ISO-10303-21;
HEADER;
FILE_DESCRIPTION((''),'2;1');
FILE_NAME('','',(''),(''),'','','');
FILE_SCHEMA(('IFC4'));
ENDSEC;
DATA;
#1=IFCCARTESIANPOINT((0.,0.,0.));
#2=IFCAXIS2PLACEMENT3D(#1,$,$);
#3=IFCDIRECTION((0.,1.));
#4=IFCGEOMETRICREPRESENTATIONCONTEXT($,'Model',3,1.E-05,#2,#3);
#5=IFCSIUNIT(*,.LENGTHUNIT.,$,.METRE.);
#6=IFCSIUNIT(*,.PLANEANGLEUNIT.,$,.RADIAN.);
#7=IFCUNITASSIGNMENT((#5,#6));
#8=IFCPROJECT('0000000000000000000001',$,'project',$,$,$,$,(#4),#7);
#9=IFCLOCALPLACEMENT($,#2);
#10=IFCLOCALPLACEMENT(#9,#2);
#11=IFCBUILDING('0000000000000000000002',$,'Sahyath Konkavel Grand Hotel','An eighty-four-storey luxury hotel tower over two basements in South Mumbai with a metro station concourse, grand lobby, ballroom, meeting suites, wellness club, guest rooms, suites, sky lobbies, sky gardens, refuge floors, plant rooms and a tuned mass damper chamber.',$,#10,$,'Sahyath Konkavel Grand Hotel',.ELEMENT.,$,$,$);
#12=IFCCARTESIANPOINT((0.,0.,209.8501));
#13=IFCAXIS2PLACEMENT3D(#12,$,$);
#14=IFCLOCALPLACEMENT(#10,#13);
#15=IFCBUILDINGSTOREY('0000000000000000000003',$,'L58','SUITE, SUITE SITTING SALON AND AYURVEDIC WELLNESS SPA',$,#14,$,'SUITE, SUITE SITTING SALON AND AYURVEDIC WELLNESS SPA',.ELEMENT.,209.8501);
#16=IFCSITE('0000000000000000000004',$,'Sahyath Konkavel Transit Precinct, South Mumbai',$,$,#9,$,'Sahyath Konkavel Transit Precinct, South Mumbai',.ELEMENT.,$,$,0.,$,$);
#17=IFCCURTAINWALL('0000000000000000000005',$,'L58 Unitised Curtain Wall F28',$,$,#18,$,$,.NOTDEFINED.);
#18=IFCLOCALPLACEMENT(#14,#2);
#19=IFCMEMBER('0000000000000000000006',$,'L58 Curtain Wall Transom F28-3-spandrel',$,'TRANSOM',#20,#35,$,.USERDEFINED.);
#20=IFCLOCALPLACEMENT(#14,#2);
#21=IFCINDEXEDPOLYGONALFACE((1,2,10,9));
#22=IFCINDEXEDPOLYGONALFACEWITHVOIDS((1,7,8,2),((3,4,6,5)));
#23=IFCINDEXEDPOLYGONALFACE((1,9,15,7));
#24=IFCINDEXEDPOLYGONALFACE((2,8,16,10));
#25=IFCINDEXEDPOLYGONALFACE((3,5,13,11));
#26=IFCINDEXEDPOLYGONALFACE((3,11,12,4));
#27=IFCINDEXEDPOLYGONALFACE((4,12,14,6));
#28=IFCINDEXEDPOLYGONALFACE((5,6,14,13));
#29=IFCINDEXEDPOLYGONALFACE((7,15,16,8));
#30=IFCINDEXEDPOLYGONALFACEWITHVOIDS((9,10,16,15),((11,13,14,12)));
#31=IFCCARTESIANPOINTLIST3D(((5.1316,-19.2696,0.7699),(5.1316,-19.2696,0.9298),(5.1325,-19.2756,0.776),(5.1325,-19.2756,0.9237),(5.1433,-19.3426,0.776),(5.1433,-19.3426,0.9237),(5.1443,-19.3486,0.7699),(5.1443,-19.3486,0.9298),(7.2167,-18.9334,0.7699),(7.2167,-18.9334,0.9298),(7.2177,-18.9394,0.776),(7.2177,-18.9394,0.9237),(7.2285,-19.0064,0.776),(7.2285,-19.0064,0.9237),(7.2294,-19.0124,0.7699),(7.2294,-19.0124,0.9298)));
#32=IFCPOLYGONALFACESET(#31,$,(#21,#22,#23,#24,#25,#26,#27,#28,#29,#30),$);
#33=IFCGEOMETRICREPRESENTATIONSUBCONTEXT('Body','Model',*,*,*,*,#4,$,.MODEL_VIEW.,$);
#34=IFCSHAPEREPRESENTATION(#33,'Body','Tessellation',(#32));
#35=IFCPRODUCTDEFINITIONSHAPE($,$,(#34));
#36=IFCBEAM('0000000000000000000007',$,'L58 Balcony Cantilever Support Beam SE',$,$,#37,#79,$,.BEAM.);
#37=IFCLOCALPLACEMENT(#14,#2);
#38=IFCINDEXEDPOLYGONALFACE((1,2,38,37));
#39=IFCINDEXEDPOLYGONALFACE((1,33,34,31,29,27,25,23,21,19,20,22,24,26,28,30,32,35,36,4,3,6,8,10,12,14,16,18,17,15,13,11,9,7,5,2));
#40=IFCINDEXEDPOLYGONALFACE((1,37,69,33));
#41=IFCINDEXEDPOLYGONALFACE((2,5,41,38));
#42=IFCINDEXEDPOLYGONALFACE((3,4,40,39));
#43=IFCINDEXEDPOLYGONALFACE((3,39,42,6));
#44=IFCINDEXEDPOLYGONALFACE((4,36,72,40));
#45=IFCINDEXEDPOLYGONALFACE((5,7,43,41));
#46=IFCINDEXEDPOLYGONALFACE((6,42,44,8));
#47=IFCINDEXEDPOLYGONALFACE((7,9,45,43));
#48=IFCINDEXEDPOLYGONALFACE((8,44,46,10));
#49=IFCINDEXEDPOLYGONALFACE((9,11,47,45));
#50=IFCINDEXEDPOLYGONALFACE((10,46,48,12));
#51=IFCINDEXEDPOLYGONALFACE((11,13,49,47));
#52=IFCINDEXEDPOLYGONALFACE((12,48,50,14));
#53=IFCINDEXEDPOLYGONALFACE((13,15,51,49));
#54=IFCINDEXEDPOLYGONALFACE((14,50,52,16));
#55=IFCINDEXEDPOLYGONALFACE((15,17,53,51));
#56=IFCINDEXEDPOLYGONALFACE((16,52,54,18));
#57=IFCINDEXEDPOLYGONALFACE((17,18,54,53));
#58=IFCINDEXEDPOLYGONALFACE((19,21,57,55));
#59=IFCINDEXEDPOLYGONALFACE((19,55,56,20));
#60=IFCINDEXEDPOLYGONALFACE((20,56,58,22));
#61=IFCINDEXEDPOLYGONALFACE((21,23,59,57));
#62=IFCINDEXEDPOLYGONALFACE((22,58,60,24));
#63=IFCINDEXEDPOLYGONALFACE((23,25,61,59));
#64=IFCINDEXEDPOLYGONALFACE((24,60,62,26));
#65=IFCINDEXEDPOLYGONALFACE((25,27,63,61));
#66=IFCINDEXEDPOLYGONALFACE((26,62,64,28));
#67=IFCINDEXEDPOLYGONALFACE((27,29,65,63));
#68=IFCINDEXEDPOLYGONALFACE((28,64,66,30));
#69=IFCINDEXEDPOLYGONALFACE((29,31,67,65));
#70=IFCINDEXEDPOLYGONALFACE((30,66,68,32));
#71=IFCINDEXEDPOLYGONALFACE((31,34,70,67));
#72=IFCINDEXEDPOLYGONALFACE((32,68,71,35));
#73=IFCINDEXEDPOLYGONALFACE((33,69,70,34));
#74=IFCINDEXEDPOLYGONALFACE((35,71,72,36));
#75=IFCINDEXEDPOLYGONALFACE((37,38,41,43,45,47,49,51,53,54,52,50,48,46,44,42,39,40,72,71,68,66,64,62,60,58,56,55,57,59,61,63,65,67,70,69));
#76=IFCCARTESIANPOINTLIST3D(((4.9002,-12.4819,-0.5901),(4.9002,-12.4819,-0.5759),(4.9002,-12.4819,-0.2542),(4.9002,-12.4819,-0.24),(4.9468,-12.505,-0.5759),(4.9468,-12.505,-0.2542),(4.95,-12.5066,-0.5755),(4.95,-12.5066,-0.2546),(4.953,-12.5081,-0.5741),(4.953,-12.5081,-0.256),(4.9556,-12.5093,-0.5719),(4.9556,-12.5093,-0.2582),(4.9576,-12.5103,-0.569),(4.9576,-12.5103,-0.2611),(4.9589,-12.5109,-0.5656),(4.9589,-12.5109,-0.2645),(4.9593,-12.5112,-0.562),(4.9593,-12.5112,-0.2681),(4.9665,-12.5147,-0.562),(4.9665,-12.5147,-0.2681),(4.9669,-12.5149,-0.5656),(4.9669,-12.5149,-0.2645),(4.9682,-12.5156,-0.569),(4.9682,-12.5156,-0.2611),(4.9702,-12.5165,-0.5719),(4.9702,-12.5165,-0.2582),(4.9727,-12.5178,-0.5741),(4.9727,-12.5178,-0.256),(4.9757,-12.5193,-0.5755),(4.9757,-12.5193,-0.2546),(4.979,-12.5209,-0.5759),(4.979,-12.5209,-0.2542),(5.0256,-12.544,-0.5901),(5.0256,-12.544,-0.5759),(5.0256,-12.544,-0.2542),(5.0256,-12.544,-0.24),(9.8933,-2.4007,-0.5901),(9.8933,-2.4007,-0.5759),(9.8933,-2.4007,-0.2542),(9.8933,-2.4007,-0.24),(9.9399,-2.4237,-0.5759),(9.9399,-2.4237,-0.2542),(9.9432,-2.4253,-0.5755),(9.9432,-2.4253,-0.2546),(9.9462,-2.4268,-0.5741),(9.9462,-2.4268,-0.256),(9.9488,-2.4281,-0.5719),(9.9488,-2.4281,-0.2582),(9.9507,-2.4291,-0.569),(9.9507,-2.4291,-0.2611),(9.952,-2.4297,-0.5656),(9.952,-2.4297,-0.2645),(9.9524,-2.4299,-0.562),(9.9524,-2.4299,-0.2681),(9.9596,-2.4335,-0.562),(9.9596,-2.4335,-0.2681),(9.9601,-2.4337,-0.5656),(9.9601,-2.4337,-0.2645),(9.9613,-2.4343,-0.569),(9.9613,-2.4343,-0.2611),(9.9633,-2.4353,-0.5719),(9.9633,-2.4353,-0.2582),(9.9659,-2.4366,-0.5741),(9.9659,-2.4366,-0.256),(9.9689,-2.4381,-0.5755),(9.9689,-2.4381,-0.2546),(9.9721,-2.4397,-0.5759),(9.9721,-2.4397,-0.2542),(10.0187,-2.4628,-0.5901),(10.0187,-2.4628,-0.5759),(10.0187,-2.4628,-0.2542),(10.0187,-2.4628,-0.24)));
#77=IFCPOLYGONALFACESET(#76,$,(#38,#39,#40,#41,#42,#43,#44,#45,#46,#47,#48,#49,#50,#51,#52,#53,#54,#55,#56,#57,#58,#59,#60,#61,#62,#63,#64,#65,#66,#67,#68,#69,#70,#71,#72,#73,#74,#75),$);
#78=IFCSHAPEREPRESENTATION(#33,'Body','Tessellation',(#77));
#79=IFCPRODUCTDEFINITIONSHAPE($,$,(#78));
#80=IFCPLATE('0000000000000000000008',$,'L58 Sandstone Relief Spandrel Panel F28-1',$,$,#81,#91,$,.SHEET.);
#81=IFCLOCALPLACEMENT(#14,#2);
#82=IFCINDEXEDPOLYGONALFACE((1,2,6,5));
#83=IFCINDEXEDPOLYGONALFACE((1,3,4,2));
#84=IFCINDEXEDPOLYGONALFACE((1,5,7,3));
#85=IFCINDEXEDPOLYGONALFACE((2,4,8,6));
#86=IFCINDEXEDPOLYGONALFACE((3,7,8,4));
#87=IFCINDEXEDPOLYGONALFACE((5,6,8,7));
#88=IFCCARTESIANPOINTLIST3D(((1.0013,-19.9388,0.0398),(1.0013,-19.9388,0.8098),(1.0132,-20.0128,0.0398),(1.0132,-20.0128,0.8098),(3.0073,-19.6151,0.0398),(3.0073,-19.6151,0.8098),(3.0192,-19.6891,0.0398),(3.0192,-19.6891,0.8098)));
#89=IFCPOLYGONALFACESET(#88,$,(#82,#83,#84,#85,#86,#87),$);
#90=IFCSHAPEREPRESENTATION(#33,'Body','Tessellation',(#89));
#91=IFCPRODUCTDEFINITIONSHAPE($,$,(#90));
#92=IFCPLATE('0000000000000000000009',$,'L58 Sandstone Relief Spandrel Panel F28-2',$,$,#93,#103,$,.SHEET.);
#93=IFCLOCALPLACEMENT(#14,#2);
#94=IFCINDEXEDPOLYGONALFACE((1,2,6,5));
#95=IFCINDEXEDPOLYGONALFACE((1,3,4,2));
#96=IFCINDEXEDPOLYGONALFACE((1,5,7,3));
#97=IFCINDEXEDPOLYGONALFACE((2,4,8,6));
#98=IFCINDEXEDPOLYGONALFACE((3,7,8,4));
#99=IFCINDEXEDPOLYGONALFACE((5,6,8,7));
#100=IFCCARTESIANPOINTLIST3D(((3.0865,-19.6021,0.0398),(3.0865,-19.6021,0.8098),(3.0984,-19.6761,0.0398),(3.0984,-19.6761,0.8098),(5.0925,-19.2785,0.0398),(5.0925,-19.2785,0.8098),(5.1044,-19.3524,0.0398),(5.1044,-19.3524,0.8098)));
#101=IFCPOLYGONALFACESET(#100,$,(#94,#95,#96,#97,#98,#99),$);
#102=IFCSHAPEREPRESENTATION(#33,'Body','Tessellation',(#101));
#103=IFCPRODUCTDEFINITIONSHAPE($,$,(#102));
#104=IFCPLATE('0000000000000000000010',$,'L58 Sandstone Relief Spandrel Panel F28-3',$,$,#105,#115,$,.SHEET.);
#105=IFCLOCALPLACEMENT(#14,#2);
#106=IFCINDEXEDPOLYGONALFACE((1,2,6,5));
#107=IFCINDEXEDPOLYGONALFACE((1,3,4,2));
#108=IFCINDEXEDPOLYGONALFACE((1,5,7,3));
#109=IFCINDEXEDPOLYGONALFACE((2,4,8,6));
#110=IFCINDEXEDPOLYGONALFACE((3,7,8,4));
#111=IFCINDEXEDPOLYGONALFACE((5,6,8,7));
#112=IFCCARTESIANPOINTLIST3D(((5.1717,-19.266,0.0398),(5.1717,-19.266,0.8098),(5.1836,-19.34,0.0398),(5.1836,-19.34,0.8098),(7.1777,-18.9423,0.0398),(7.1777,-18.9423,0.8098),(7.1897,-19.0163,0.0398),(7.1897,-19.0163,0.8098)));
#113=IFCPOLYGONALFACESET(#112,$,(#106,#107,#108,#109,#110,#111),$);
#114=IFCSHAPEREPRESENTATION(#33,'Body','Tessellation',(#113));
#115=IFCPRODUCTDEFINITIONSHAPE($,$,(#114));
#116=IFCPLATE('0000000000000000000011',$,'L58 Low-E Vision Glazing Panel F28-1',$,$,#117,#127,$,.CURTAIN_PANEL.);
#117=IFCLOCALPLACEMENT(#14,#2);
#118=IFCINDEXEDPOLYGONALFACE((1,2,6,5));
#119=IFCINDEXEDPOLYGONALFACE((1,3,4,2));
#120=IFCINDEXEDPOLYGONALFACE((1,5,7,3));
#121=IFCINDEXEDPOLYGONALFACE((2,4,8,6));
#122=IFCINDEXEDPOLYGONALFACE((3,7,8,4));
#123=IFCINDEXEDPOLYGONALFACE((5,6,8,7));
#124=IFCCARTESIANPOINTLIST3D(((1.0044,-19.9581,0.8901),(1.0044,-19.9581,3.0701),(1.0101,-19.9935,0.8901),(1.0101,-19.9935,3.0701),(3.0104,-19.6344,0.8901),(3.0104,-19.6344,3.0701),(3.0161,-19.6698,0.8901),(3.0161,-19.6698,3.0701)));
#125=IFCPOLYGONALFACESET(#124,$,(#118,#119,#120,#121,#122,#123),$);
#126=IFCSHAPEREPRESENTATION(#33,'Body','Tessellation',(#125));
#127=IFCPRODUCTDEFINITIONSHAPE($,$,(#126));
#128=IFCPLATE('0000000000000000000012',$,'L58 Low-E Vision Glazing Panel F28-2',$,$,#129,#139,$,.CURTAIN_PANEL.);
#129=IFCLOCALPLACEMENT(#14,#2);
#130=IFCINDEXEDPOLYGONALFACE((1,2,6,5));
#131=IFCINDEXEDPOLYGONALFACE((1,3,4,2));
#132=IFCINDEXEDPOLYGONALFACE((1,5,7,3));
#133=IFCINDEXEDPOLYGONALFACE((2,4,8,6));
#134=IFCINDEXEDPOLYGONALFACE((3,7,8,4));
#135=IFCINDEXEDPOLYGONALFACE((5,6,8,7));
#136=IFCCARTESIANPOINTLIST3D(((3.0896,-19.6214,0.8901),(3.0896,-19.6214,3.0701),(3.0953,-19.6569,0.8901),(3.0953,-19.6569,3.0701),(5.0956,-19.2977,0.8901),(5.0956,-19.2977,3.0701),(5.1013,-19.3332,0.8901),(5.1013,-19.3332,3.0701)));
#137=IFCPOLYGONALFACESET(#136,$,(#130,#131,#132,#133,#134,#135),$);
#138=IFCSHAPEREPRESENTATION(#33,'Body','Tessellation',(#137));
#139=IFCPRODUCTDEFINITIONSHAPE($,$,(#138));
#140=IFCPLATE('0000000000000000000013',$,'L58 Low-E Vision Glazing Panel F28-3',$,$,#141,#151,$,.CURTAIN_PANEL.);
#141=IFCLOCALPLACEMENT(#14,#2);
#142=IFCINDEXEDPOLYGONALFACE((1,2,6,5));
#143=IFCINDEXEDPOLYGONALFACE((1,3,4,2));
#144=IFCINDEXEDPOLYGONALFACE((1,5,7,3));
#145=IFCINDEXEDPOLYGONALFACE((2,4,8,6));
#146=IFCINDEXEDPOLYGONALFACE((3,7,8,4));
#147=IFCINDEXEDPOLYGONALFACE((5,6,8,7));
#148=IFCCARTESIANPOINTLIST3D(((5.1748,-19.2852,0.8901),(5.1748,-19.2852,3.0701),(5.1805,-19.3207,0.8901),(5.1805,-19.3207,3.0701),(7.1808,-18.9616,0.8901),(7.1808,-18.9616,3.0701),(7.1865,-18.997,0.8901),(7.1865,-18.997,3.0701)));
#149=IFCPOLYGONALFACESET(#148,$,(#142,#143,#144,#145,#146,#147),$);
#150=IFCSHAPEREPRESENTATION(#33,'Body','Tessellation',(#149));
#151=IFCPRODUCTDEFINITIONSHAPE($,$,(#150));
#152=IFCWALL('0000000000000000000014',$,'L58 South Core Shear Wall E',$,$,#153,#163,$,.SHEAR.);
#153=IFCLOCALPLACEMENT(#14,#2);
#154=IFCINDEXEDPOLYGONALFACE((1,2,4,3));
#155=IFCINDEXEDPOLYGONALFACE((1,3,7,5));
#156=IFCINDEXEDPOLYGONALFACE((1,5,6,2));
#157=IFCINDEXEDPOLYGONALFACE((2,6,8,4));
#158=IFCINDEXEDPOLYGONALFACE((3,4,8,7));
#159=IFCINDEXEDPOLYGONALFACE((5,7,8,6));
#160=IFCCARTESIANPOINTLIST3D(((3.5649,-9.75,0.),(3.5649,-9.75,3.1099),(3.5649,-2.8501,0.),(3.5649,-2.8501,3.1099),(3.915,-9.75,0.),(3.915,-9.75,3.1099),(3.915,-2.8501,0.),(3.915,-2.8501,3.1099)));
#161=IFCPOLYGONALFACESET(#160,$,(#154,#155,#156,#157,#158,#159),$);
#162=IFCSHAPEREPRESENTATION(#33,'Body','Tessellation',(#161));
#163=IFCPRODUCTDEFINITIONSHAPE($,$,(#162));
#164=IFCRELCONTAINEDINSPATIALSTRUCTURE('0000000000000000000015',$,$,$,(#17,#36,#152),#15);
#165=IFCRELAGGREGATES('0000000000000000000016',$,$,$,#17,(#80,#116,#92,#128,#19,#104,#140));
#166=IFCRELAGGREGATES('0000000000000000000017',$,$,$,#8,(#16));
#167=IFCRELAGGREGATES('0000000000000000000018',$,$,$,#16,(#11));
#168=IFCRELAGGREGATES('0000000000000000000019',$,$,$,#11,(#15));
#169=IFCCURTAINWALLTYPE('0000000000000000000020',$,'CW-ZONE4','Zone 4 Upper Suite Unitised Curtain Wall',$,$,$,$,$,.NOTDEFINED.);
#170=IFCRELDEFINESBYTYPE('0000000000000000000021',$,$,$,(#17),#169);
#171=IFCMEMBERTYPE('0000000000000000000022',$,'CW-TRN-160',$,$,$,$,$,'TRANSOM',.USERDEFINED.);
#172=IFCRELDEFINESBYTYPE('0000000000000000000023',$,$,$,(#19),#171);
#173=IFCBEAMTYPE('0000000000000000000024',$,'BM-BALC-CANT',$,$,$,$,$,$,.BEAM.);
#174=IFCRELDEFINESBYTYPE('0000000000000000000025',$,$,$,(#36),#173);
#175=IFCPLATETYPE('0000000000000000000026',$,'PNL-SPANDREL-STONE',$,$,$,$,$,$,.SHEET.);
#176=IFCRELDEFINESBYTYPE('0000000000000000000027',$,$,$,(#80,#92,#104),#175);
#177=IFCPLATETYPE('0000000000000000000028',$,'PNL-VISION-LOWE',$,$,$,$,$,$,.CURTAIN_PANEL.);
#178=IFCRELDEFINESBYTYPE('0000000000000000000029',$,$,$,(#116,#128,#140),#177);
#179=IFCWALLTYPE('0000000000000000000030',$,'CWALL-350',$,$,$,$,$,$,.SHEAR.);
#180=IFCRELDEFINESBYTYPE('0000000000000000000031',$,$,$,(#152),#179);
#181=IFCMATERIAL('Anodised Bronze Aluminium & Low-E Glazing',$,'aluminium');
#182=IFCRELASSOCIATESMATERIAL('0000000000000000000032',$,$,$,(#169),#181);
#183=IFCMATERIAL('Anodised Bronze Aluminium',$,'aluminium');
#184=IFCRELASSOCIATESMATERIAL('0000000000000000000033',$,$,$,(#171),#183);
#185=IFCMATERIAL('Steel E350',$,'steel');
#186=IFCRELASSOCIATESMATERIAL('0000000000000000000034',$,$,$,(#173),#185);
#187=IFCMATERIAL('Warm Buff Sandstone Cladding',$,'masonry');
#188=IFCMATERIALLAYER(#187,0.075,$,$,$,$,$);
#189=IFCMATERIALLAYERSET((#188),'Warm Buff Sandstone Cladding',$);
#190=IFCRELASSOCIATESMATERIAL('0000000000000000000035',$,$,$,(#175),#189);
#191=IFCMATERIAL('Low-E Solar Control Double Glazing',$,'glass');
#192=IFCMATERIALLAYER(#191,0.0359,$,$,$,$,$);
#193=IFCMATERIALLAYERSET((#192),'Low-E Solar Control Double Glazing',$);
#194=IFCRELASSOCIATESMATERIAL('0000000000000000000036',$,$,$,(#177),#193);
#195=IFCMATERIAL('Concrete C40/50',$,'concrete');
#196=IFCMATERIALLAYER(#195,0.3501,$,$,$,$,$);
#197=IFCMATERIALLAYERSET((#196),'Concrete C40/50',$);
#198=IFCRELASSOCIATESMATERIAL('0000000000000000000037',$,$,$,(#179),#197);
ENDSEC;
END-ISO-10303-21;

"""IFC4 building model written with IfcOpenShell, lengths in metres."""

from ifc_helpers import new_model, si_unit, direction, frame, frame_2d, origin, origin_2d, place, context, subcontext, project, spatial, rectangle, hollow_rectangle, i_section, extrude, source, transform, mapped, material, layer, layer_set, material_profile, profile_set, type_object, element, aggregate, save


model = new_model("IFC4")

# Units and contexts
model_context = context("Model", 3, precision=1e-05, world=origin(), true_north=direction((0.0, 1.0)))
body_context = subcontext(model_context, "Body", "Model", "MODEL_VIEW")
ifc_project = project(units=[si_unit("LENGTHUNIT", "METRE"), si_unit("PLANEANGLEUNIT", "RADIAN")], contexts=[model_context])

# Site, building, storey
site_placement = place(None, origin())
site = spatial("IfcSite", under=ifc_project, at=site_placement, Name="Sahyath Konkavel Transit Precinct, South Mumbai", LongName="Sahyath Konkavel Transit Precinct, South Mumbai", CompositionType="ELEMENT", RefElevation=0.0)
building_placement = place(site_placement, origin())
building = spatial("IfcBuilding", under=site, at=building_placement, Name="Sahyath Konkavel Grand Hotel", Description="An eighty-four-storey luxury hotel tower over two basements in South Mumbai with a metro station concourse, grand lobby, ballroom, meeting suites, wellness club, guest rooms, suites, sky lobbies, sky gardens, refuge floors, plant rooms and a tuned mass damper chamber.", LongName="Sahyath Konkavel Grand Hotel", CompositionType="ELEMENT")
storey_placement = place(building_placement, frame((0.0, 0.0, 209.8501)))
storey = spatial("IfcBuildingStorey", under=building, at=storey_placement, Name="L58", Description="SUITE, SUITE SITTING SALON AND AYURVEDIC WELLNESS SPA", LongName="SUITE, SUITE SITTING SALON AND AYURVEDIC WELLNESS SPA", CompositionType="ELEMENT", Elevation=209.8501)

# Shared definitions
ifc_material_1 = material(Name="Steel E350", Category="steel")

# Curtain wall, member
ifc_material_2 = material(Name="Anodised Bronze Aluminium & Low-E Glazing", Category="aluminium")
curtain_wall_type = type_object("IfcCurtainWallType", Name="CW-ZONE4", Description="Zone 4 Upper Suite Unitised Curtain Wall", PredefinedType="NOTDEFINED", material=ifc_material_2)
curtain_wall_placement = place(storey_placement, origin())
curtain_wall = element("IfcCurtainWall", 1, at=curtain_wall_placement, inside=storey, type_object=curtain_wall_type, Name="L58 Unitised Curtain Wall F28", PredefinedType="NOTDEFINED")
ifc_material_3 = material(Name="Anodised Bronze Aluminium", Category="aluminium")
ifc_material_profile_1 = material_profile(ifc_material_3, hollow_rectangle(XDim=0.0801, YDim=0.1599, WallThickness=0.0061, at=origin_2d()), Name="RHS 160x80x6")
ifc_profile_set_1 = profile_set([ifc_material_profile_1], Name="Anodised Bronze Aluminium")
member_type_1 = type_object("IfcMemberType", Name="CW-TRN-160", ElementType="TRANSOM", PredefinedType="USERDEFINED", material=ifc_profile_set_1)
shared_shape_1 = source(origin(), body_context, "Body", "SweptSolid", [
    extrude(hollow_rectangle(XDim=0.0801, YDim=0.1599, WallThickness=0.0061, at=origin_2d()), origin(), (0.0, 0.0, 1.0), 2.1121),
])
member_1_placement = place(storey_placement, frame((5.1379, -19.3091, 0.8499), z_axis=(0.987252, 0.159167, 0.0), x_axis=(-0.159167, 0.987252, 0.0)))
member_1 = element("IfcMember", 2, at=member_1_placement, type_object=member_type_1, Name="L58 Curtain Wall Transom F28-3-spandrel", ObjectType="TRANSOM", PredefinedType="USERDEFINED", context=body_context, shape_type="MappedRepresentation", body=[
    mapped(shared_shape_1, transform((0.0, 0.0, 0.0), scale=1.0)),
])

# Beam
ifc_material_profile_2 = material_profile(ifc_material_1, i_section(OverallWidth=0.1399, OverallDepth=0.3501, WebThickness=0.0081, FlangeThickness=0.0142, FilletRadius=0.0139, at=origin_2d()), Name="ISMB 350")
ifc_profile_set_2 = profile_set([ifc_material_profile_2], Name="Steel E350")
beam_type_1 = type_object("IfcBeamType", Name="BM-BALC-CANT", PredefinedType="BEAM", material=ifc_profile_set_2)
shared_shape_2 = source(origin(), body_context, "Body", "SweptSolid", [
    extrude(i_section(OverallWidth=0.1399, OverallDepth=0.3501, WebThickness=0.0081, FlangeThickness=0.0142, FilletRadius=0.0139, at=origin_2d()), origin(), (0.0, 0.0, 1.0), 11.25),
])
beam_1_placement = place(storey_placement, frame((4.9629, -12.5129, -0.415), z_axis=(0.443834, 0.896109, 0.0), x_axis=(-0.896109, 0.443834, 0.0)))
element("IfcBeam", 3, at=beam_1_placement, inside=storey, type_object=beam_type_1, Name="L58 Balcony Cantilever Support Beam SE", PredefinedType="BEAM", context=body_context, shape_type="MappedRepresentation", body=[
    mapped(shared_shape_2, transform((0.0, 0.0, 0.0), scale=1.0)),
])

# Plates
ifc_material_4 = material(Name="Warm Buff Sandstone Cladding", Category="masonry")
ifc_layer_1 = layer(ifc_material_4, 0.075)
ifc_layer_set_1 = layer_set([ifc_layer_1], Name="Warm Buff Sandstone Cladding")
plate_type_1 = type_object("IfcPlateType", Name="PNL-SPANDREL-STONE", PredefinedType="SHEET", material=ifc_layer_set_1)
shared_shape_3 = source(origin(), body_context, "Body", "SweptSolid", [
    extrude(rectangle(XDim=2.032, YDim=0.075, at=origin_2d()), origin(), (0.0, 0.0, 1.0), 0.77),
])
plate_1_placement = place(storey_placement, frame((2.0103, -19.814, 0.0398), z_axis=(0.0, 0.0, 1.0), x_axis=(0.987231, 0.159295, 0.0)))
plate_1 = element("IfcPlate", 4, at=plate_1_placement, type_object=plate_type_1, Name="L58 Sandstone Relief Spandrel Panel F28-1", PredefinedType="SHEET", context=body_context, shape_type="MappedRepresentation", body=[
    mapped(shared_shape_3, transform((0.0, 0.0, 0.0), scale=1.0)),
])
plate_2_placement = place(storey_placement, frame((4.0955, -19.4773, 0.0398), z_axis=(0.0, 0.0, 1.0), x_axis=(0.987231, 0.159295, 0.0)))
plate_2 = element("IfcPlate", 5, at=plate_2_placement, type_object=plate_type_1, Name="L58 Sandstone Relief Spandrel Panel F28-2", PredefinedType="SHEET", context=body_context, shape_type="MappedRepresentation", body=[
    mapped(shared_shape_3, transform((0.0, 0.0, 0.0), scale=1.0)),
])
plate_3_placement = place(storey_placement, frame((6.1807, -19.1411, 0.0398), z_axis=(0.0, 0.0, 1.0), x_axis=(0.987231, 0.159295, 0.0)))
plate_3 = element("IfcPlate", 6, at=plate_3_placement, type_object=plate_type_1, Name="L58 Sandstone Relief Spandrel Panel F28-3", PredefinedType="SHEET", context=body_context, shape_type="MappedRepresentation", body=[
    mapped(shared_shape_3, transform((0.0, 0.0, 0.0), scale=1.0)),
])
ifc_material_5 = material(Name="Low-E Solar Control Double Glazing", Category="glass")
ifc_layer_2 = layer(ifc_material_5, 0.0359)
ifc_layer_set_2 = layer_set([ifc_layer_2], Name="Low-E Solar Control Double Glazing")
plate_type_2 = type_object("IfcPlateType", Name="PNL-VISION-LOWE", PredefinedType="CURTAIN_PANEL", material=ifc_layer_set_2)
shared_shape_4 = source(origin(), body_context, "Body", "SweptSolid", [
    extrude(rectangle(XDim=2.032, YDim=0.0359, at=origin_2d()), origin(), (0.0, 0.0, 1.0), 2.1799),
])
plate_4_placement = place(storey_placement, frame((2.0103, -19.814, 0.8901), z_axis=(0.0, 0.0, 1.0), x_axis=(0.987231, 0.159295, 0.0)))
plate_4 = element("IfcPlate", 7, at=plate_4_placement, type_object=plate_type_2, Name="L58 Low-E Vision Glazing Panel F28-1", PredefinedType="CURTAIN_PANEL", context=body_context, shape_type="MappedRepresentation", body=[
    mapped(shared_shape_4, transform((0.0, 0.0, 0.0), scale=1.0)),
])
plate_5_placement = place(storey_placement, frame((4.0955, -19.4773, 0.8901), z_axis=(0.0, 0.0, 1.0), x_axis=(0.987231, 0.159295, 0.0)))
plate_5 = element("IfcPlate", 8, at=plate_5_placement, type_object=plate_type_2, Name="L58 Low-E Vision Glazing Panel F28-2", PredefinedType="CURTAIN_PANEL", context=body_context, shape_type="MappedRepresentation", body=[
    mapped(shared_shape_4, transform((0.0, 0.0, 0.0), scale=1.0)),
])
plate_6_placement = place(storey_placement, frame((6.1807, -19.1411, 0.8901), z_axis=(0.0, 0.0, 1.0), x_axis=(0.987231, 0.159295, 0.0)))
plate_6 = element("IfcPlate", 9, at=plate_6_placement, type_object=plate_type_2, Name="L58 Low-E Vision Glazing Panel F28-3", PredefinedType="CURTAIN_PANEL", context=body_context, shape_type="MappedRepresentation", body=[
    mapped(shared_shape_4, transform((0.0, 0.0, 0.0), scale=1.0)),
])
aggregate(curtain_wall, [plate_1, plate_4, plate_2, plate_5, member_1, plate_3, plate_6])

# Wall
ifc_material_6 = material(Name="Concrete C40/50", Category="concrete")
ifc_layer_3 = layer(ifc_material_6, 0.3501)
ifc_layer_set_3 = layer_set([ifc_layer_3], Name="Concrete C40/50")
wall_type_1 = type_object("IfcWallType", Name="CWALL-350", PredefinedType="SHEAR", material=ifc_layer_set_3)
wall_1_placement = place(storey_placement, frame((3.74, -9.75, 0.0), z_axis=(0.0, 0.0, 1.0), x_axis=(0.0, 1.0, 0.0)))
element("IfcWall", 10, at=wall_1_placement, inside=storey, type_object=wall_type_1, Name="L58 South Core Shear Wall E", PredefinedType="SHEAR", context=body_context, shape_type="SweptSolid", body=[
    extrude(rectangle(XDim=6.8999, YDim=0.3501, at=frame_2d((3.45, 0.0))), origin(), (0.0, 0.0, 1.0), 3.1099),
])

save(model, "model.ifc")
